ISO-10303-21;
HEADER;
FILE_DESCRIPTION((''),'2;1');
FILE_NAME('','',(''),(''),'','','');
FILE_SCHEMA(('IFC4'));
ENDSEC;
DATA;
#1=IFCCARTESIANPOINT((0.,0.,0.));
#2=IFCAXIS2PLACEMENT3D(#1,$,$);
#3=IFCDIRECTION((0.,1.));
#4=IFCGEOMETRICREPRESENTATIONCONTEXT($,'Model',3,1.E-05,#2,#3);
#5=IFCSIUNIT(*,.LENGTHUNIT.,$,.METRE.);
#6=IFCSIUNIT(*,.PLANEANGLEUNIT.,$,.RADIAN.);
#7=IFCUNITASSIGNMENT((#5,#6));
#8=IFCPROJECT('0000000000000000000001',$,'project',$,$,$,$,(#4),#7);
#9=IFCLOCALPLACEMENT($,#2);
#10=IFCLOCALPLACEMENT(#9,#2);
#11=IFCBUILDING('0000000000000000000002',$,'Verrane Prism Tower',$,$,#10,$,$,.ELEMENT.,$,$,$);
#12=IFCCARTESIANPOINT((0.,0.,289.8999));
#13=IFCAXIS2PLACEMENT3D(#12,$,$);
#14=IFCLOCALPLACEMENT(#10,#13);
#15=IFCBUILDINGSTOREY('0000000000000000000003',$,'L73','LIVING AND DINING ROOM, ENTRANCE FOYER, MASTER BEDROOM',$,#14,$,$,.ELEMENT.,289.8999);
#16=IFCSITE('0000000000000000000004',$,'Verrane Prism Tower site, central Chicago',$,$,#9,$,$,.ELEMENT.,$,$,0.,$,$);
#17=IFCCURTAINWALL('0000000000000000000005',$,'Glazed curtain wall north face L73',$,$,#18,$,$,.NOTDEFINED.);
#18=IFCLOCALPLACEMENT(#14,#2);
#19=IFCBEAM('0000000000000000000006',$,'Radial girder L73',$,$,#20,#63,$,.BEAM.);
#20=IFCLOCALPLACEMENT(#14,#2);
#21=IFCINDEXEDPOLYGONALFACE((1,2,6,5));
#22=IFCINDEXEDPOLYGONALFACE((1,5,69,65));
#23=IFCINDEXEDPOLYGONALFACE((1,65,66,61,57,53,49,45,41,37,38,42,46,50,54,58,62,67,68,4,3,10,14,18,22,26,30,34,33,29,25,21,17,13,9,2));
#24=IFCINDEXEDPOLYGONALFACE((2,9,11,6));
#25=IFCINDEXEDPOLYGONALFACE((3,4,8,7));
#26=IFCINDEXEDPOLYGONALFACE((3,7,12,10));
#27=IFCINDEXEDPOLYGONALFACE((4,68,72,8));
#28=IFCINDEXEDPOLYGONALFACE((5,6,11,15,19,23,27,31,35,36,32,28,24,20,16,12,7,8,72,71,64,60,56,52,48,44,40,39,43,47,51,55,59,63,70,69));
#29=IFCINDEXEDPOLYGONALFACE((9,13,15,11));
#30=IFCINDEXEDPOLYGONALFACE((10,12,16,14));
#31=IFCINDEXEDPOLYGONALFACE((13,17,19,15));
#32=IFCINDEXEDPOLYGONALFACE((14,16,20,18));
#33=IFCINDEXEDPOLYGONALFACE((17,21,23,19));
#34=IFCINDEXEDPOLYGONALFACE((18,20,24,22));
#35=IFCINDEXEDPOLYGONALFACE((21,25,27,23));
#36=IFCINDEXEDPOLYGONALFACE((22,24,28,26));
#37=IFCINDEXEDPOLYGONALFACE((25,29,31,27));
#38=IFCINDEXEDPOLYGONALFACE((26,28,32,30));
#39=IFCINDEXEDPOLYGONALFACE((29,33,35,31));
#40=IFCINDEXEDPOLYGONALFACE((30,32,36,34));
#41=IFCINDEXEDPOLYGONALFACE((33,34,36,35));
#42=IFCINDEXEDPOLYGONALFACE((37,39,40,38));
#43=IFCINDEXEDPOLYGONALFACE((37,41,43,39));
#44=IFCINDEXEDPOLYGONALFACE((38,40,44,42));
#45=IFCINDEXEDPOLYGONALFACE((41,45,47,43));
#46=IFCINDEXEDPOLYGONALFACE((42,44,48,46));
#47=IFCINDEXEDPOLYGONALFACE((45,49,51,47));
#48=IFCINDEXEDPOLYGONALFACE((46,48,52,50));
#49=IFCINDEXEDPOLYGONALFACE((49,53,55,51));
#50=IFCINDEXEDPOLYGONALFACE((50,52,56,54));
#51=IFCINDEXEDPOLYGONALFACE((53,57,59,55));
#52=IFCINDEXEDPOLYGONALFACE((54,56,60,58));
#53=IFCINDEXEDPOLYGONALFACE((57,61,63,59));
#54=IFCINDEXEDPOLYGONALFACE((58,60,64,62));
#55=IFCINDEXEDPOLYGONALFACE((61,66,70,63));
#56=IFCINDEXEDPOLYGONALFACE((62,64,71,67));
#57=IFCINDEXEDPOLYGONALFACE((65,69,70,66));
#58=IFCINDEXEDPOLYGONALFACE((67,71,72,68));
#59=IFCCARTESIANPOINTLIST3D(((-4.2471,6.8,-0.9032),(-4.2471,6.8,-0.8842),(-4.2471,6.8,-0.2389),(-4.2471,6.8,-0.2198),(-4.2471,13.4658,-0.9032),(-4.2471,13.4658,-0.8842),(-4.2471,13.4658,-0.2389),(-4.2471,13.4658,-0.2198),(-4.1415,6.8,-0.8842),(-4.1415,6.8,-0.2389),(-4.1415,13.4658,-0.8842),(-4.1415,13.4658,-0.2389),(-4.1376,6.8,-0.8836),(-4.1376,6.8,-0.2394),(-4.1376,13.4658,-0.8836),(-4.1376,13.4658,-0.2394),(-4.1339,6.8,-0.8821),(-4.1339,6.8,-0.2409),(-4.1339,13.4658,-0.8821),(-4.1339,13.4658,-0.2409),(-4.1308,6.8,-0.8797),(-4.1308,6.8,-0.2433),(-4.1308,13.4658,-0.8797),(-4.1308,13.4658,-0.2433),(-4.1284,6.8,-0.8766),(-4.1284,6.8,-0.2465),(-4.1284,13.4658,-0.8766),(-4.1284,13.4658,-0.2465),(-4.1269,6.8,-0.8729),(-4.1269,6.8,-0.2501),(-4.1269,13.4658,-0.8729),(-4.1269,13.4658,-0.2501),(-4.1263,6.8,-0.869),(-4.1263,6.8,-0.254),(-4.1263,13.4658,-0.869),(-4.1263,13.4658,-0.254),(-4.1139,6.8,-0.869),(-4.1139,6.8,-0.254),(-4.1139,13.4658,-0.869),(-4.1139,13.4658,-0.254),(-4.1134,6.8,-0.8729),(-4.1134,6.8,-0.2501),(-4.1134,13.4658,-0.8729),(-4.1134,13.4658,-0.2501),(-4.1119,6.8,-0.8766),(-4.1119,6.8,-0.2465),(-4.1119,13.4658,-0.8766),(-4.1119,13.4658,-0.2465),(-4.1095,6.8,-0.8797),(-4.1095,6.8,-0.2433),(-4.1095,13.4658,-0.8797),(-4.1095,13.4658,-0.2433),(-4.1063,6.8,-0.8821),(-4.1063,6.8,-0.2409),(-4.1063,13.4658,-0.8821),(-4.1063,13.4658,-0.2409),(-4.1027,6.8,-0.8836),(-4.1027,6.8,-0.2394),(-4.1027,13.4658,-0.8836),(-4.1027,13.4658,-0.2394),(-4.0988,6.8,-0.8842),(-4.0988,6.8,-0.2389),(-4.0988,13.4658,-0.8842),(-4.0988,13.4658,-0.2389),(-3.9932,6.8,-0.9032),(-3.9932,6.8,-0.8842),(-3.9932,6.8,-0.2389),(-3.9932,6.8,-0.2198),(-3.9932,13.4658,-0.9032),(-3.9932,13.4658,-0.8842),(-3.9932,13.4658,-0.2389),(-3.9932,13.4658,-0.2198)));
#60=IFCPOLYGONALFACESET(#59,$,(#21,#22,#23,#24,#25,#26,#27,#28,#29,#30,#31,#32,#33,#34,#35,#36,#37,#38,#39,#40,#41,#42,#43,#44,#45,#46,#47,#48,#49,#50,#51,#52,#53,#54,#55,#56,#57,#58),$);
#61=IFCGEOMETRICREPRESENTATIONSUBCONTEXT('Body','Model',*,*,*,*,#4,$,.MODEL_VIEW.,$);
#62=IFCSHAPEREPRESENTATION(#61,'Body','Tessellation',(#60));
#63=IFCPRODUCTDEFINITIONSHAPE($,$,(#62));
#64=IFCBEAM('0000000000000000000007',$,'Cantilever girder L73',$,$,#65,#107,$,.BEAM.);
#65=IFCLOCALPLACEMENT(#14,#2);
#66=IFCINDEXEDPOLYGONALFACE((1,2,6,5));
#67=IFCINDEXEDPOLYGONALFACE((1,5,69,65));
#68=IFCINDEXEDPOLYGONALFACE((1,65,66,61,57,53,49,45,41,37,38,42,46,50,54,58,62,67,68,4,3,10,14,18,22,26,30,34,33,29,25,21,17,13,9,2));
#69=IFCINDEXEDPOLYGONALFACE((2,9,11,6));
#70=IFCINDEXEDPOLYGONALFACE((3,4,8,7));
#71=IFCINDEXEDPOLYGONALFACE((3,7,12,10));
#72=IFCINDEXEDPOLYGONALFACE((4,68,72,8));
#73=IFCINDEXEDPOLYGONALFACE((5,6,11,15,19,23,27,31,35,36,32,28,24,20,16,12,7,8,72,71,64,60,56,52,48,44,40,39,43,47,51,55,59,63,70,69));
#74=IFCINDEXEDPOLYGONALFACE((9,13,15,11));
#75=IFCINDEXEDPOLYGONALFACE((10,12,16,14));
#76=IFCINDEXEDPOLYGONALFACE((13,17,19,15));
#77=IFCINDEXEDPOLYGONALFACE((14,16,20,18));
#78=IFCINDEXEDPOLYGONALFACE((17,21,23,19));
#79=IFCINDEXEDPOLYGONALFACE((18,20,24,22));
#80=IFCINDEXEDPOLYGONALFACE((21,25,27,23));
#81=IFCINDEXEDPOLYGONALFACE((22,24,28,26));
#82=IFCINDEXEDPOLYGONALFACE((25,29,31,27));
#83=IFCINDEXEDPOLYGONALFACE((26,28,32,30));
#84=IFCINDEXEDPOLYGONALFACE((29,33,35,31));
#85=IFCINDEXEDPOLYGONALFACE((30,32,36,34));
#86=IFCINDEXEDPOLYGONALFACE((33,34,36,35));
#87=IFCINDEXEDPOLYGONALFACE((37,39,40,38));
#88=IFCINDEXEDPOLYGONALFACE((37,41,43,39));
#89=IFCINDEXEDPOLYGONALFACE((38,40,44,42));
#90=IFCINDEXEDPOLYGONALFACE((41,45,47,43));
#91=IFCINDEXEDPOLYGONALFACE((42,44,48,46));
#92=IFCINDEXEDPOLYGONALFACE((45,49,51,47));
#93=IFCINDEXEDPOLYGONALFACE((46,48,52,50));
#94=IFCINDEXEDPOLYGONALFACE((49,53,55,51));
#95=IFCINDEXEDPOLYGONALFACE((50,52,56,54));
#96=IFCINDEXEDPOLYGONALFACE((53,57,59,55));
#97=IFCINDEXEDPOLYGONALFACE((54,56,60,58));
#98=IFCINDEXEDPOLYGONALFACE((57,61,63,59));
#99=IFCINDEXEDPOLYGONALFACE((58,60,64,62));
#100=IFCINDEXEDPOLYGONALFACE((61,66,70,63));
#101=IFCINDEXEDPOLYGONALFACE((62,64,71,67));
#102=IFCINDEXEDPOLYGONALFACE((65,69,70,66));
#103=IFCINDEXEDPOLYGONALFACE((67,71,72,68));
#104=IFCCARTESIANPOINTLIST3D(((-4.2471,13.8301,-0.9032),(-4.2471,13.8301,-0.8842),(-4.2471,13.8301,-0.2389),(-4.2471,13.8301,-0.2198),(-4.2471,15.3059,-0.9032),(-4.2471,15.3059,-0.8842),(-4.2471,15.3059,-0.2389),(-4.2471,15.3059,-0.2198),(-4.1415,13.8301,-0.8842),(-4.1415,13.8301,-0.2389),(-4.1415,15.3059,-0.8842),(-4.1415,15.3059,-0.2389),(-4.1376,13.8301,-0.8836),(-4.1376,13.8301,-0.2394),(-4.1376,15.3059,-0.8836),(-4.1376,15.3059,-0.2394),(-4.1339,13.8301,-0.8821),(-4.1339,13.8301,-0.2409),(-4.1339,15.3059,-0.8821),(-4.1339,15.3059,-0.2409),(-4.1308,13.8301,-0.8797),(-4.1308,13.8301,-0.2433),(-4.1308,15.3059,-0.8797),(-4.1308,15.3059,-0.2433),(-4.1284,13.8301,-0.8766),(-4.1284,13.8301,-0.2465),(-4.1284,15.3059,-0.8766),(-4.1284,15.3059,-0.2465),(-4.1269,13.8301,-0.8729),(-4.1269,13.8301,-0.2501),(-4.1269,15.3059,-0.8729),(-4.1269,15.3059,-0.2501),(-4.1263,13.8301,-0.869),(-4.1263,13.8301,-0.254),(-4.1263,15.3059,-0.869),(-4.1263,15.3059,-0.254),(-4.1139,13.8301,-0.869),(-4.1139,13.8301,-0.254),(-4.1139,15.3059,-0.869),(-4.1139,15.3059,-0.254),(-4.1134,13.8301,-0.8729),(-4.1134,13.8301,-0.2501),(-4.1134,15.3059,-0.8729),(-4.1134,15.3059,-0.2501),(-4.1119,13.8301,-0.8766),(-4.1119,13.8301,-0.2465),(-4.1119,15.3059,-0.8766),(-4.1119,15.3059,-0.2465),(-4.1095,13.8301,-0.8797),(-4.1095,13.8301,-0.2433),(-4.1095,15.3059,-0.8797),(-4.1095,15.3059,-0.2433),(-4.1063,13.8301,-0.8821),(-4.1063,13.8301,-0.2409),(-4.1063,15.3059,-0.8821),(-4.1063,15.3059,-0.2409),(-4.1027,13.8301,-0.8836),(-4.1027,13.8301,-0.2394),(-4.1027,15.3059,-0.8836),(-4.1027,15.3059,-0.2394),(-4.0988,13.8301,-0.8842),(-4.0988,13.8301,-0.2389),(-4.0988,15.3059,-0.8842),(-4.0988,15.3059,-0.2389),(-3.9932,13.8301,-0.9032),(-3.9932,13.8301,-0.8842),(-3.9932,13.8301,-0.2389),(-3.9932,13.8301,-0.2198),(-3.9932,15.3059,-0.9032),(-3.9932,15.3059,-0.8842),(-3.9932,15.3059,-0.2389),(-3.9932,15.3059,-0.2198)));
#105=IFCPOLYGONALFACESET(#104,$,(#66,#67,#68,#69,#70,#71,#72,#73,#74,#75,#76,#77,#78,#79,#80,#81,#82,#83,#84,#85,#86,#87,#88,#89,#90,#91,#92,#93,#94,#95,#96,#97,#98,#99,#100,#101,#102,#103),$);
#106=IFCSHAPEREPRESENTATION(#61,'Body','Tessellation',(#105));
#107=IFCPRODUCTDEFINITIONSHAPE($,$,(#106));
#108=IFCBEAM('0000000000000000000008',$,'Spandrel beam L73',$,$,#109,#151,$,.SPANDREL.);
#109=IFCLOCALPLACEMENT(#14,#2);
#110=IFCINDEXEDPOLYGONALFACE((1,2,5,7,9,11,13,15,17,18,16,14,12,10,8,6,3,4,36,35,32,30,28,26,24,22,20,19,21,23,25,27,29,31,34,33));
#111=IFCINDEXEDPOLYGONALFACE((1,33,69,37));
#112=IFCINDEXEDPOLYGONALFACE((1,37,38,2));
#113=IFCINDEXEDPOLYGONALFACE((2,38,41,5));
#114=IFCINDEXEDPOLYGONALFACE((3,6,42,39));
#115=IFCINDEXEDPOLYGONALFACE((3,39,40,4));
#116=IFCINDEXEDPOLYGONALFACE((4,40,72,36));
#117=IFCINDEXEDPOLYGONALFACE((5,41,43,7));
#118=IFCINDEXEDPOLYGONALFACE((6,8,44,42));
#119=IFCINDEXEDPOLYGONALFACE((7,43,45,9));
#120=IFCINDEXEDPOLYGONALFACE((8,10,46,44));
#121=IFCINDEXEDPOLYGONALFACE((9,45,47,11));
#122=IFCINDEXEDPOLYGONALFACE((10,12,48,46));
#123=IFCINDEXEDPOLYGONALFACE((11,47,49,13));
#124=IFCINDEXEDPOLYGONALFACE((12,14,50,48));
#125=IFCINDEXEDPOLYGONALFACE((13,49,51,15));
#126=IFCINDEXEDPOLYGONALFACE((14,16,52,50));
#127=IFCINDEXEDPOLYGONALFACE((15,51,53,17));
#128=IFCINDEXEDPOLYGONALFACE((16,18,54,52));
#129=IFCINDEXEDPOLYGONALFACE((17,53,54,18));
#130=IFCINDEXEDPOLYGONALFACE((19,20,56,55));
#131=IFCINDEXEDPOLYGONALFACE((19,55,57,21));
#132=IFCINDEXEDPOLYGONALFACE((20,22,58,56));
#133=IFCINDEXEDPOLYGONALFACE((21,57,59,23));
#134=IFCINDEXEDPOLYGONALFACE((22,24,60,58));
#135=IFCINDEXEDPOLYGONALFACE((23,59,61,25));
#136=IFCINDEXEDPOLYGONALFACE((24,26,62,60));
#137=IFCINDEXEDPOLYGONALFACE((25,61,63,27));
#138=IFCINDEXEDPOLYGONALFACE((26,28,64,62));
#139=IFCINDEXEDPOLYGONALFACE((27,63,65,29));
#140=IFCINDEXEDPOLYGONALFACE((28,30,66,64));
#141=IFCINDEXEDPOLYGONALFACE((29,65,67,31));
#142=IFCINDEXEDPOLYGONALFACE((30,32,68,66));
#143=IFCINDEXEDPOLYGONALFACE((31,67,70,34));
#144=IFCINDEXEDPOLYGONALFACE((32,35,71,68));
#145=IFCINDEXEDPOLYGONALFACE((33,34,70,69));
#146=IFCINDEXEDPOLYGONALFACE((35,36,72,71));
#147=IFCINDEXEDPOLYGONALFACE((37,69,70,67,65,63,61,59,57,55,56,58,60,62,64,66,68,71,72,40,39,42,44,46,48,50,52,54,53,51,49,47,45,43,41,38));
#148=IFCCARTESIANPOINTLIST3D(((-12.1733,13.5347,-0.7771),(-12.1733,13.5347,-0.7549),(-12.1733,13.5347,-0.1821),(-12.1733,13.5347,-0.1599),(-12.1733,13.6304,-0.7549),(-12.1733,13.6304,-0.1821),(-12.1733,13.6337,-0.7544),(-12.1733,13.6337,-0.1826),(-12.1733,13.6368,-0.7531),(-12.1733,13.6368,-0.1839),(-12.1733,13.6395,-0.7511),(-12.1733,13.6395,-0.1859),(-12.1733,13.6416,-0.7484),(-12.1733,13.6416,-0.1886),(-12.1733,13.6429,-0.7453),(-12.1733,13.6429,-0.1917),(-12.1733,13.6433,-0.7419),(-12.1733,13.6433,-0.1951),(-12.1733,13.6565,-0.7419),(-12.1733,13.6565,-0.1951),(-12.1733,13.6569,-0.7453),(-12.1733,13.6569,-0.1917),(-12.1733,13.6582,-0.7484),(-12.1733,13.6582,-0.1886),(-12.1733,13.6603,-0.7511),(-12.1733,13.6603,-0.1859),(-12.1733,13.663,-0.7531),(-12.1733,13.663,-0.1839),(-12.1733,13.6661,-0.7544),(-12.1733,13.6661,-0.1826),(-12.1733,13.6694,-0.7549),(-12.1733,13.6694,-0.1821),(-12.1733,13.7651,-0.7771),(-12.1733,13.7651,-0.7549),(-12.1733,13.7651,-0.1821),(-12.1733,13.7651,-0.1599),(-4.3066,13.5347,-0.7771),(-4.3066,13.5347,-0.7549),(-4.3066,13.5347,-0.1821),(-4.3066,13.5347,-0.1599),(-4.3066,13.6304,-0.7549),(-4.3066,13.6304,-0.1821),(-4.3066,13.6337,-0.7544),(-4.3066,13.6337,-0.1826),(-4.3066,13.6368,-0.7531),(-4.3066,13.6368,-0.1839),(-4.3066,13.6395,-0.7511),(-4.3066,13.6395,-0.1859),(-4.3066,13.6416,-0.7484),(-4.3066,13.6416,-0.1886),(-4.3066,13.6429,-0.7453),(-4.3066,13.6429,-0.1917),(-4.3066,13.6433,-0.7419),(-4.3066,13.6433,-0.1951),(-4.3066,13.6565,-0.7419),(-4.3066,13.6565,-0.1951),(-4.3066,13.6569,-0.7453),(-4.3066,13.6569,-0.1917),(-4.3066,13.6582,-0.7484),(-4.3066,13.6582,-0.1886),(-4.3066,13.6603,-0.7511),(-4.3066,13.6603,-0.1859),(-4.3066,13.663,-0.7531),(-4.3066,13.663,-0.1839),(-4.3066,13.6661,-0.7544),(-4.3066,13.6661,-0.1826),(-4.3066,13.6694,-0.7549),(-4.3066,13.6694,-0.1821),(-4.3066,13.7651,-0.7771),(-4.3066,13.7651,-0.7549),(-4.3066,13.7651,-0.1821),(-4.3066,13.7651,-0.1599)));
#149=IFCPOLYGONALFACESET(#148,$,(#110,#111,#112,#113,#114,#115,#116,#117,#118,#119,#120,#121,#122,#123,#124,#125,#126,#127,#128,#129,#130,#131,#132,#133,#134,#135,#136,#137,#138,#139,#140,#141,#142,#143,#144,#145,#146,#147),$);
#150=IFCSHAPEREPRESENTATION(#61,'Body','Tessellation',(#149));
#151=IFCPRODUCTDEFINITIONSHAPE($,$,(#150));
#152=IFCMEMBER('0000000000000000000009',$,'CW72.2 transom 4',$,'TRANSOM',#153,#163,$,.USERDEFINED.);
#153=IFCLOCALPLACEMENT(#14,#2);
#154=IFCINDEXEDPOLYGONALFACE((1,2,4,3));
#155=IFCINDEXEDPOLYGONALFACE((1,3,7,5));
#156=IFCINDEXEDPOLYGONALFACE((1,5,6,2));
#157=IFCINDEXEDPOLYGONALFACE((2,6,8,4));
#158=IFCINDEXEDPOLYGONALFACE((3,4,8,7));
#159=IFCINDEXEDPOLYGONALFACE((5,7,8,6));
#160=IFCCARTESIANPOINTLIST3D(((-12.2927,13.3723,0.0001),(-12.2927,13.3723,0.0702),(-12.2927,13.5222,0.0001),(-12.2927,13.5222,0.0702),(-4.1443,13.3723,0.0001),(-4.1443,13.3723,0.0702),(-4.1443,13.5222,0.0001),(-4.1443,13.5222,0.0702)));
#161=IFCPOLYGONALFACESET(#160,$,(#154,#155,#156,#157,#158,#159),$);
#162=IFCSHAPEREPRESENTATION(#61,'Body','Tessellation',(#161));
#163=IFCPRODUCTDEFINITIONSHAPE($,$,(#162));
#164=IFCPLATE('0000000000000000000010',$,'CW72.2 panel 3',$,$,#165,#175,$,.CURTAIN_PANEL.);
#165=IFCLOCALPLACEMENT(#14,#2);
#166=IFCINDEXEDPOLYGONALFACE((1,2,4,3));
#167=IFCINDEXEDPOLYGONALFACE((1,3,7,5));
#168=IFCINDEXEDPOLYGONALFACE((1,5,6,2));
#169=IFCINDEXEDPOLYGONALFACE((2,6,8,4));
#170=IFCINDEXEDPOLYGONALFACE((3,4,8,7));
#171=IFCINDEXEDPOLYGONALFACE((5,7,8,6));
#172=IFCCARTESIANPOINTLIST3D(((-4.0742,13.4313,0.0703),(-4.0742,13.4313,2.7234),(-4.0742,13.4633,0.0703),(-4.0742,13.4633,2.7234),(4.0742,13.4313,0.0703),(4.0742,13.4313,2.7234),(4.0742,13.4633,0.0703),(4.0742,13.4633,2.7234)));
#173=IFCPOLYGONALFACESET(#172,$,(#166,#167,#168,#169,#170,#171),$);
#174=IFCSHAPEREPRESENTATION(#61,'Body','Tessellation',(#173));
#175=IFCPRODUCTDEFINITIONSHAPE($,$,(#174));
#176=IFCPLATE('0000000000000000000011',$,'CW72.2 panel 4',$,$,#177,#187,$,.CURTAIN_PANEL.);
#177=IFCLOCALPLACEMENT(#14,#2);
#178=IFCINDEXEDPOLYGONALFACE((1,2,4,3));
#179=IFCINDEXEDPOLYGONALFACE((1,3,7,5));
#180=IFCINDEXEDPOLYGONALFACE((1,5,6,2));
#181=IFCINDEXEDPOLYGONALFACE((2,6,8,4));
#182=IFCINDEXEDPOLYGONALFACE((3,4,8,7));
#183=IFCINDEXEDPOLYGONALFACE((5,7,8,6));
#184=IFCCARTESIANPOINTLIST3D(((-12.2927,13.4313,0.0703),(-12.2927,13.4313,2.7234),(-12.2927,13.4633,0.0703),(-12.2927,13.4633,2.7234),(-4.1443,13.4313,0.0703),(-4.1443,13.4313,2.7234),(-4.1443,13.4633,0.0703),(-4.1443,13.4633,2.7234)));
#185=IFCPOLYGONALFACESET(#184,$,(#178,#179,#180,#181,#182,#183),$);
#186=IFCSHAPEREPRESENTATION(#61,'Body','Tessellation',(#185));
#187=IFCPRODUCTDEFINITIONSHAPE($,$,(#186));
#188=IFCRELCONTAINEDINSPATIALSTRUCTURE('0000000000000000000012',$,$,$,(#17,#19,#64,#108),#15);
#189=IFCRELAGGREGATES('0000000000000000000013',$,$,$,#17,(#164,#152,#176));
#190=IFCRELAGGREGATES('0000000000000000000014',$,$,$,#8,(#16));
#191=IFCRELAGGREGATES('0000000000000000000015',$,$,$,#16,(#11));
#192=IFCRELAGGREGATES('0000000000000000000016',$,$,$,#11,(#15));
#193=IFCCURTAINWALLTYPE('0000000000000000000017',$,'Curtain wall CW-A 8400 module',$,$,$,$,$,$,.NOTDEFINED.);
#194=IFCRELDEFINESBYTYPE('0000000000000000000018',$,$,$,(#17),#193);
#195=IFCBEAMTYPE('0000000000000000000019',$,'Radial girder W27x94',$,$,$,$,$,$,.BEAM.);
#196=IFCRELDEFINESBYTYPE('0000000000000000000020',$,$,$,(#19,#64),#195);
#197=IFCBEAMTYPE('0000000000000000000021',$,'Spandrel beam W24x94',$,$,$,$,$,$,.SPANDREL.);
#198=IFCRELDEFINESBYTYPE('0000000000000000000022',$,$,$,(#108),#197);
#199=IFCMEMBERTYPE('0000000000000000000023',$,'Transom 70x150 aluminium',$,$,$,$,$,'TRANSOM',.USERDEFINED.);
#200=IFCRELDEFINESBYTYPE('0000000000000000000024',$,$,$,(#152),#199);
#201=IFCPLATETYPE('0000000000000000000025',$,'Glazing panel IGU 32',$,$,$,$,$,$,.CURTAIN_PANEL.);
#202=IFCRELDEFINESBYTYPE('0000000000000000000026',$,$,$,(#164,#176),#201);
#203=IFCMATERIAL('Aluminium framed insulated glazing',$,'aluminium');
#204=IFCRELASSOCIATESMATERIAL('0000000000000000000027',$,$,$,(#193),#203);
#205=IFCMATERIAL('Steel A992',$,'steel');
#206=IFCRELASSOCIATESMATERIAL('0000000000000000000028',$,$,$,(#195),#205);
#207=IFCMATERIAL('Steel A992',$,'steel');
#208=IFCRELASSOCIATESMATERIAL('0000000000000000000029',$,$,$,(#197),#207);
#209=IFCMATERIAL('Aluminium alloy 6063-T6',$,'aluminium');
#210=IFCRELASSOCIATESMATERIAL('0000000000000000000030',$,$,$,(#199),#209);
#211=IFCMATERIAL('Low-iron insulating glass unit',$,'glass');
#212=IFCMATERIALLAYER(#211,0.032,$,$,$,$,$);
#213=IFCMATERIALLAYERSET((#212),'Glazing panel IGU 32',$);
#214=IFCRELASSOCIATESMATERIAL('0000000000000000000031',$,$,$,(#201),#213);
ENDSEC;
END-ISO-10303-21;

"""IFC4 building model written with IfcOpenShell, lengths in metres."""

from ifc_helpers import new_model, si_unit, direction, frame, origin, origin_2d, place, context, subcontext, project, spatial, rectangle, i_section, extrude, material, layer, layer_set, material_profile, profile_set, type_object, element, aggregate, save


model = new_model("IFC4")

# Units and contexts
model_context = context("Model", 3, precision=1e-05, world=origin(), true_north=direction((0.0, 1.0)))
body_context = subcontext(model_context, "Body", "Model", "MODEL_VIEW")
ifc_project = project(units=[si_unit("LENGTHUNIT", "METRE"), si_unit("PLANEANGLEUNIT", "RADIAN")], contexts=[model_context])

# Site, building, storey
site_placement = place(None, origin())
site = spatial("IfcSite", under=ifc_project, at=site_placement, Name="Verrane Prism Tower site, central Chicago", CompositionType="ELEMENT", RefElevation=0.0)
building_placement = place(site_placement, origin())
building = spatial("IfcBuilding", under=site, at=building_placement, Name="Verrane Prism Tower", CompositionType="ELEMENT")
storey_placement = place(building_placement, frame((0.0, 0.0, 289.8999)))
storey = spatial("IfcBuildingStorey", under=building, at=storey_placement, Name="L73", Description="LIVING AND DINING ROOM, ENTRANCE FOYER, MASTER BEDROOM", CompositionType="ELEMENT", Elevation=289.8999)

# Curtain wall
ifc_material_1 = material(Name="Aluminium framed insulated glazing", Category="aluminium")
curtain_wall_type = type_object("IfcCurtainWallType", Name="Curtain wall CW-A 8400 module", PredefinedType="NOTDEFINED", material=ifc_material_1)
curtain_wall_placement = place(storey_placement, origin())
curtain_wall = element("IfcCurtainWall", 1, at=curtain_wall_placement, inside=storey, type_object=curtain_wall_type, Name="Glazed curtain wall north face L73", PredefinedType="NOTDEFINED")

# Beams
ifc_material_2 = material(Name="Steel A992", Category="steel")
ifc_material_profile_1 = material_profile(ifc_material_2, i_section(OverallWidth=0.2539, OverallDepth=0.6833, WebThickness=0.0125, FlangeThickness=0.019, FilletRadius=0.0151, at=origin_2d()), Name="W27x94")
ifc_profile_set_1 = profile_set([ifc_material_profile_1], Name="Steel A992")
beam_type_1 = type_object("IfcBeamType", Name="Radial girder W27x94", PredefinedType="BEAM", material=ifc_profile_set_1)
beam_1_placement = place(storey_placement, frame((-4.1201, 13.4658, -0.5615), z_axis=(0.0, -1.0, 0.0), x_axis=(1.0, 0.0, 0.0)))
element("IfcBeam", 2, at=beam_1_placement, inside=storey, type_object=beam_type_1, Name="Radial girder L73", PredefinedType="BEAM", context=body_context, shape_type="SweptSolid", body=[
    extrude(i_section(OverallWidth=0.2539, OverallDepth=0.6833, WebThickness=0.0125, FlangeThickness=0.019, FilletRadius=0.0151, at=origin_2d()), origin(), (0.0, 0.0, 1.0), 6.6658),
])
beam_2_placement = place(storey_placement, frame((-4.1201, 13.8301, -0.5615), z_axis=(0.0, 1.0, 0.0), x_axis=(-1.0, 0.0, 0.0)))
element("IfcBeam", 3, at=beam_2_placement, inside=storey, type_object=beam_type_1, Name="Cantilever girder L73", PredefinedType="BEAM", context=body_context, shape_type="SweptSolid", body=[
    extrude(i_section(OverallWidth=0.2539, OverallDepth=0.6833, WebThickness=0.0125, FlangeThickness=0.019, FilletRadius=0.0151, at=origin_2d()), origin(), (0.0, 0.0, 1.0), 1.4758),
])
ifc_material_3 = material(Name="Steel A992", Category="steel")
ifc_material_profile_2 = material_profile(ifc_material_3, i_section(OverallWidth=0.2305, OverallDepth=0.6172, WebThickness=0.0132, FlangeThickness=0.0222, FilletRadius=0.0129, at=origin_2d()), Name="W24x94")
ifc_profile_set_2 = profile_set([ifc_material_profile_2], Name="Steel A992")
beam_type_2 = type_object("IfcBeamType", Name="Spandrel beam W24x94", PredefinedType="SPANDREL", material=ifc_profile_set_2)
beam_3_placement = place(storey_placement, frame((-4.3066, 13.6499, -0.4685), z_axis=(-1.0, 0.0, 0.0), x_axis=(0.0, -1.0, 0.0)))
element("IfcBeam", 4, at=beam_3_placement, inside=storey, type_object=beam_type_2, Name="Spandrel beam L73", PredefinedType="SPANDREL", context=body_context, shape_type="SweptSolid", body=[
    extrude(i_section(OverallWidth=0.2305, OverallDepth=0.6172, WebThickness=0.0132, FlangeThickness=0.0222, FilletRadius=0.0129, at=origin_2d()), origin(), (0.0, 0.0, 1.0), 7.8667),
])

# Member
ifc_material_4 = material(Name="Aluminium alloy 6063-T6", Category="aluminium")
ifc_material_profile_3 = material_profile(ifc_material_4, rectangle(XDim=0.1499, YDim=0.0701, at=origin_2d()), Name="Transom 70x150 aluminium")
ifc_profile_set_3 = profile_set([ifc_material_profile_3], Name="Aluminium alloy 6063-T6")
member_type_1 = type_object("IfcMemberType", Name="Transom 70x150 aluminium", ElementType="TRANSOM", PredefinedType="USERDEFINED", material=ifc_profile_set_3)
member_1_placement = place(storey_placement, frame((-4.1443, 13.4473, 0.0352), z_axis=(-1.0, 0.0, 0.0), x_axis=(0.0, -1.0, 0.0)))
member_1 = element("IfcMember", 5, at=member_1_placement, type_object=member_type_1, Name="CW72.2 transom 4", ObjectType="TRANSOM", PredefinedType="USERDEFINED", context=body_context, shape_type="SweptSolid", body=[
    extrude(rectangle(XDim=0.1499, YDim=0.0701, at=origin_2d()), origin(), (0.0, 0.0, 1.0), 8.1484),
])

# Plates
ifc_material_5 = material(Name="Low-iron insulating glass unit", Category="glass")
ifc_layer_1 = layer(ifc_material_5, 0.032)
ifc_layer_set_1 = layer_set([ifc_layer_1], Name="Glazing panel IGU 32")
plate_type = type_object("IfcPlateType", Name="Glazing panel IGU 32", PredefinedType="CURTAIN_PANEL", material=ifc_layer_set_1)
plate_1_placement = place(storey_placement, frame((0.0, 13.4473, 0.0703), z_axis=(0.0, 0.0, 1.0), x_axis=(-1.0, 0.0, 0.0)))
plate_1 = element("IfcPlate", 6, at=plate_1_placement, type_object=plate_type, Name="CW72.2 panel 3", PredefinedType="CURTAIN_PANEL", context=body_context, shape_type="SweptSolid", body=[
    extrude(rectangle(XDim=8.1484, YDim=0.032, at=origin_2d()), origin(), (0.0, 0.0, 1.0), 2.6531),
])
plate_2_placement = place(storey_placement, frame((-8.2185, 13.4473, 0.0703), z_axis=(0.0, 0.0, 1.0), x_axis=(-1.0, 0.0, 0.0)))
plate_2 = element("IfcPlate", 7, at=plate_2_placement, type_object=plate_type, Name="CW72.2 panel 4", PredefinedType="CURTAIN_PANEL", context=body_context, shape_type="SweptSolid", body=[
    extrude(rectangle(XDim=8.1484, YDim=0.032, at=origin_2d()), origin(), (0.0, 0.0, 1.0), 2.6531),
])
aggregate(curtain_wall, [plate_1, member_1, plate_2])

save(model, "model.ifc")
